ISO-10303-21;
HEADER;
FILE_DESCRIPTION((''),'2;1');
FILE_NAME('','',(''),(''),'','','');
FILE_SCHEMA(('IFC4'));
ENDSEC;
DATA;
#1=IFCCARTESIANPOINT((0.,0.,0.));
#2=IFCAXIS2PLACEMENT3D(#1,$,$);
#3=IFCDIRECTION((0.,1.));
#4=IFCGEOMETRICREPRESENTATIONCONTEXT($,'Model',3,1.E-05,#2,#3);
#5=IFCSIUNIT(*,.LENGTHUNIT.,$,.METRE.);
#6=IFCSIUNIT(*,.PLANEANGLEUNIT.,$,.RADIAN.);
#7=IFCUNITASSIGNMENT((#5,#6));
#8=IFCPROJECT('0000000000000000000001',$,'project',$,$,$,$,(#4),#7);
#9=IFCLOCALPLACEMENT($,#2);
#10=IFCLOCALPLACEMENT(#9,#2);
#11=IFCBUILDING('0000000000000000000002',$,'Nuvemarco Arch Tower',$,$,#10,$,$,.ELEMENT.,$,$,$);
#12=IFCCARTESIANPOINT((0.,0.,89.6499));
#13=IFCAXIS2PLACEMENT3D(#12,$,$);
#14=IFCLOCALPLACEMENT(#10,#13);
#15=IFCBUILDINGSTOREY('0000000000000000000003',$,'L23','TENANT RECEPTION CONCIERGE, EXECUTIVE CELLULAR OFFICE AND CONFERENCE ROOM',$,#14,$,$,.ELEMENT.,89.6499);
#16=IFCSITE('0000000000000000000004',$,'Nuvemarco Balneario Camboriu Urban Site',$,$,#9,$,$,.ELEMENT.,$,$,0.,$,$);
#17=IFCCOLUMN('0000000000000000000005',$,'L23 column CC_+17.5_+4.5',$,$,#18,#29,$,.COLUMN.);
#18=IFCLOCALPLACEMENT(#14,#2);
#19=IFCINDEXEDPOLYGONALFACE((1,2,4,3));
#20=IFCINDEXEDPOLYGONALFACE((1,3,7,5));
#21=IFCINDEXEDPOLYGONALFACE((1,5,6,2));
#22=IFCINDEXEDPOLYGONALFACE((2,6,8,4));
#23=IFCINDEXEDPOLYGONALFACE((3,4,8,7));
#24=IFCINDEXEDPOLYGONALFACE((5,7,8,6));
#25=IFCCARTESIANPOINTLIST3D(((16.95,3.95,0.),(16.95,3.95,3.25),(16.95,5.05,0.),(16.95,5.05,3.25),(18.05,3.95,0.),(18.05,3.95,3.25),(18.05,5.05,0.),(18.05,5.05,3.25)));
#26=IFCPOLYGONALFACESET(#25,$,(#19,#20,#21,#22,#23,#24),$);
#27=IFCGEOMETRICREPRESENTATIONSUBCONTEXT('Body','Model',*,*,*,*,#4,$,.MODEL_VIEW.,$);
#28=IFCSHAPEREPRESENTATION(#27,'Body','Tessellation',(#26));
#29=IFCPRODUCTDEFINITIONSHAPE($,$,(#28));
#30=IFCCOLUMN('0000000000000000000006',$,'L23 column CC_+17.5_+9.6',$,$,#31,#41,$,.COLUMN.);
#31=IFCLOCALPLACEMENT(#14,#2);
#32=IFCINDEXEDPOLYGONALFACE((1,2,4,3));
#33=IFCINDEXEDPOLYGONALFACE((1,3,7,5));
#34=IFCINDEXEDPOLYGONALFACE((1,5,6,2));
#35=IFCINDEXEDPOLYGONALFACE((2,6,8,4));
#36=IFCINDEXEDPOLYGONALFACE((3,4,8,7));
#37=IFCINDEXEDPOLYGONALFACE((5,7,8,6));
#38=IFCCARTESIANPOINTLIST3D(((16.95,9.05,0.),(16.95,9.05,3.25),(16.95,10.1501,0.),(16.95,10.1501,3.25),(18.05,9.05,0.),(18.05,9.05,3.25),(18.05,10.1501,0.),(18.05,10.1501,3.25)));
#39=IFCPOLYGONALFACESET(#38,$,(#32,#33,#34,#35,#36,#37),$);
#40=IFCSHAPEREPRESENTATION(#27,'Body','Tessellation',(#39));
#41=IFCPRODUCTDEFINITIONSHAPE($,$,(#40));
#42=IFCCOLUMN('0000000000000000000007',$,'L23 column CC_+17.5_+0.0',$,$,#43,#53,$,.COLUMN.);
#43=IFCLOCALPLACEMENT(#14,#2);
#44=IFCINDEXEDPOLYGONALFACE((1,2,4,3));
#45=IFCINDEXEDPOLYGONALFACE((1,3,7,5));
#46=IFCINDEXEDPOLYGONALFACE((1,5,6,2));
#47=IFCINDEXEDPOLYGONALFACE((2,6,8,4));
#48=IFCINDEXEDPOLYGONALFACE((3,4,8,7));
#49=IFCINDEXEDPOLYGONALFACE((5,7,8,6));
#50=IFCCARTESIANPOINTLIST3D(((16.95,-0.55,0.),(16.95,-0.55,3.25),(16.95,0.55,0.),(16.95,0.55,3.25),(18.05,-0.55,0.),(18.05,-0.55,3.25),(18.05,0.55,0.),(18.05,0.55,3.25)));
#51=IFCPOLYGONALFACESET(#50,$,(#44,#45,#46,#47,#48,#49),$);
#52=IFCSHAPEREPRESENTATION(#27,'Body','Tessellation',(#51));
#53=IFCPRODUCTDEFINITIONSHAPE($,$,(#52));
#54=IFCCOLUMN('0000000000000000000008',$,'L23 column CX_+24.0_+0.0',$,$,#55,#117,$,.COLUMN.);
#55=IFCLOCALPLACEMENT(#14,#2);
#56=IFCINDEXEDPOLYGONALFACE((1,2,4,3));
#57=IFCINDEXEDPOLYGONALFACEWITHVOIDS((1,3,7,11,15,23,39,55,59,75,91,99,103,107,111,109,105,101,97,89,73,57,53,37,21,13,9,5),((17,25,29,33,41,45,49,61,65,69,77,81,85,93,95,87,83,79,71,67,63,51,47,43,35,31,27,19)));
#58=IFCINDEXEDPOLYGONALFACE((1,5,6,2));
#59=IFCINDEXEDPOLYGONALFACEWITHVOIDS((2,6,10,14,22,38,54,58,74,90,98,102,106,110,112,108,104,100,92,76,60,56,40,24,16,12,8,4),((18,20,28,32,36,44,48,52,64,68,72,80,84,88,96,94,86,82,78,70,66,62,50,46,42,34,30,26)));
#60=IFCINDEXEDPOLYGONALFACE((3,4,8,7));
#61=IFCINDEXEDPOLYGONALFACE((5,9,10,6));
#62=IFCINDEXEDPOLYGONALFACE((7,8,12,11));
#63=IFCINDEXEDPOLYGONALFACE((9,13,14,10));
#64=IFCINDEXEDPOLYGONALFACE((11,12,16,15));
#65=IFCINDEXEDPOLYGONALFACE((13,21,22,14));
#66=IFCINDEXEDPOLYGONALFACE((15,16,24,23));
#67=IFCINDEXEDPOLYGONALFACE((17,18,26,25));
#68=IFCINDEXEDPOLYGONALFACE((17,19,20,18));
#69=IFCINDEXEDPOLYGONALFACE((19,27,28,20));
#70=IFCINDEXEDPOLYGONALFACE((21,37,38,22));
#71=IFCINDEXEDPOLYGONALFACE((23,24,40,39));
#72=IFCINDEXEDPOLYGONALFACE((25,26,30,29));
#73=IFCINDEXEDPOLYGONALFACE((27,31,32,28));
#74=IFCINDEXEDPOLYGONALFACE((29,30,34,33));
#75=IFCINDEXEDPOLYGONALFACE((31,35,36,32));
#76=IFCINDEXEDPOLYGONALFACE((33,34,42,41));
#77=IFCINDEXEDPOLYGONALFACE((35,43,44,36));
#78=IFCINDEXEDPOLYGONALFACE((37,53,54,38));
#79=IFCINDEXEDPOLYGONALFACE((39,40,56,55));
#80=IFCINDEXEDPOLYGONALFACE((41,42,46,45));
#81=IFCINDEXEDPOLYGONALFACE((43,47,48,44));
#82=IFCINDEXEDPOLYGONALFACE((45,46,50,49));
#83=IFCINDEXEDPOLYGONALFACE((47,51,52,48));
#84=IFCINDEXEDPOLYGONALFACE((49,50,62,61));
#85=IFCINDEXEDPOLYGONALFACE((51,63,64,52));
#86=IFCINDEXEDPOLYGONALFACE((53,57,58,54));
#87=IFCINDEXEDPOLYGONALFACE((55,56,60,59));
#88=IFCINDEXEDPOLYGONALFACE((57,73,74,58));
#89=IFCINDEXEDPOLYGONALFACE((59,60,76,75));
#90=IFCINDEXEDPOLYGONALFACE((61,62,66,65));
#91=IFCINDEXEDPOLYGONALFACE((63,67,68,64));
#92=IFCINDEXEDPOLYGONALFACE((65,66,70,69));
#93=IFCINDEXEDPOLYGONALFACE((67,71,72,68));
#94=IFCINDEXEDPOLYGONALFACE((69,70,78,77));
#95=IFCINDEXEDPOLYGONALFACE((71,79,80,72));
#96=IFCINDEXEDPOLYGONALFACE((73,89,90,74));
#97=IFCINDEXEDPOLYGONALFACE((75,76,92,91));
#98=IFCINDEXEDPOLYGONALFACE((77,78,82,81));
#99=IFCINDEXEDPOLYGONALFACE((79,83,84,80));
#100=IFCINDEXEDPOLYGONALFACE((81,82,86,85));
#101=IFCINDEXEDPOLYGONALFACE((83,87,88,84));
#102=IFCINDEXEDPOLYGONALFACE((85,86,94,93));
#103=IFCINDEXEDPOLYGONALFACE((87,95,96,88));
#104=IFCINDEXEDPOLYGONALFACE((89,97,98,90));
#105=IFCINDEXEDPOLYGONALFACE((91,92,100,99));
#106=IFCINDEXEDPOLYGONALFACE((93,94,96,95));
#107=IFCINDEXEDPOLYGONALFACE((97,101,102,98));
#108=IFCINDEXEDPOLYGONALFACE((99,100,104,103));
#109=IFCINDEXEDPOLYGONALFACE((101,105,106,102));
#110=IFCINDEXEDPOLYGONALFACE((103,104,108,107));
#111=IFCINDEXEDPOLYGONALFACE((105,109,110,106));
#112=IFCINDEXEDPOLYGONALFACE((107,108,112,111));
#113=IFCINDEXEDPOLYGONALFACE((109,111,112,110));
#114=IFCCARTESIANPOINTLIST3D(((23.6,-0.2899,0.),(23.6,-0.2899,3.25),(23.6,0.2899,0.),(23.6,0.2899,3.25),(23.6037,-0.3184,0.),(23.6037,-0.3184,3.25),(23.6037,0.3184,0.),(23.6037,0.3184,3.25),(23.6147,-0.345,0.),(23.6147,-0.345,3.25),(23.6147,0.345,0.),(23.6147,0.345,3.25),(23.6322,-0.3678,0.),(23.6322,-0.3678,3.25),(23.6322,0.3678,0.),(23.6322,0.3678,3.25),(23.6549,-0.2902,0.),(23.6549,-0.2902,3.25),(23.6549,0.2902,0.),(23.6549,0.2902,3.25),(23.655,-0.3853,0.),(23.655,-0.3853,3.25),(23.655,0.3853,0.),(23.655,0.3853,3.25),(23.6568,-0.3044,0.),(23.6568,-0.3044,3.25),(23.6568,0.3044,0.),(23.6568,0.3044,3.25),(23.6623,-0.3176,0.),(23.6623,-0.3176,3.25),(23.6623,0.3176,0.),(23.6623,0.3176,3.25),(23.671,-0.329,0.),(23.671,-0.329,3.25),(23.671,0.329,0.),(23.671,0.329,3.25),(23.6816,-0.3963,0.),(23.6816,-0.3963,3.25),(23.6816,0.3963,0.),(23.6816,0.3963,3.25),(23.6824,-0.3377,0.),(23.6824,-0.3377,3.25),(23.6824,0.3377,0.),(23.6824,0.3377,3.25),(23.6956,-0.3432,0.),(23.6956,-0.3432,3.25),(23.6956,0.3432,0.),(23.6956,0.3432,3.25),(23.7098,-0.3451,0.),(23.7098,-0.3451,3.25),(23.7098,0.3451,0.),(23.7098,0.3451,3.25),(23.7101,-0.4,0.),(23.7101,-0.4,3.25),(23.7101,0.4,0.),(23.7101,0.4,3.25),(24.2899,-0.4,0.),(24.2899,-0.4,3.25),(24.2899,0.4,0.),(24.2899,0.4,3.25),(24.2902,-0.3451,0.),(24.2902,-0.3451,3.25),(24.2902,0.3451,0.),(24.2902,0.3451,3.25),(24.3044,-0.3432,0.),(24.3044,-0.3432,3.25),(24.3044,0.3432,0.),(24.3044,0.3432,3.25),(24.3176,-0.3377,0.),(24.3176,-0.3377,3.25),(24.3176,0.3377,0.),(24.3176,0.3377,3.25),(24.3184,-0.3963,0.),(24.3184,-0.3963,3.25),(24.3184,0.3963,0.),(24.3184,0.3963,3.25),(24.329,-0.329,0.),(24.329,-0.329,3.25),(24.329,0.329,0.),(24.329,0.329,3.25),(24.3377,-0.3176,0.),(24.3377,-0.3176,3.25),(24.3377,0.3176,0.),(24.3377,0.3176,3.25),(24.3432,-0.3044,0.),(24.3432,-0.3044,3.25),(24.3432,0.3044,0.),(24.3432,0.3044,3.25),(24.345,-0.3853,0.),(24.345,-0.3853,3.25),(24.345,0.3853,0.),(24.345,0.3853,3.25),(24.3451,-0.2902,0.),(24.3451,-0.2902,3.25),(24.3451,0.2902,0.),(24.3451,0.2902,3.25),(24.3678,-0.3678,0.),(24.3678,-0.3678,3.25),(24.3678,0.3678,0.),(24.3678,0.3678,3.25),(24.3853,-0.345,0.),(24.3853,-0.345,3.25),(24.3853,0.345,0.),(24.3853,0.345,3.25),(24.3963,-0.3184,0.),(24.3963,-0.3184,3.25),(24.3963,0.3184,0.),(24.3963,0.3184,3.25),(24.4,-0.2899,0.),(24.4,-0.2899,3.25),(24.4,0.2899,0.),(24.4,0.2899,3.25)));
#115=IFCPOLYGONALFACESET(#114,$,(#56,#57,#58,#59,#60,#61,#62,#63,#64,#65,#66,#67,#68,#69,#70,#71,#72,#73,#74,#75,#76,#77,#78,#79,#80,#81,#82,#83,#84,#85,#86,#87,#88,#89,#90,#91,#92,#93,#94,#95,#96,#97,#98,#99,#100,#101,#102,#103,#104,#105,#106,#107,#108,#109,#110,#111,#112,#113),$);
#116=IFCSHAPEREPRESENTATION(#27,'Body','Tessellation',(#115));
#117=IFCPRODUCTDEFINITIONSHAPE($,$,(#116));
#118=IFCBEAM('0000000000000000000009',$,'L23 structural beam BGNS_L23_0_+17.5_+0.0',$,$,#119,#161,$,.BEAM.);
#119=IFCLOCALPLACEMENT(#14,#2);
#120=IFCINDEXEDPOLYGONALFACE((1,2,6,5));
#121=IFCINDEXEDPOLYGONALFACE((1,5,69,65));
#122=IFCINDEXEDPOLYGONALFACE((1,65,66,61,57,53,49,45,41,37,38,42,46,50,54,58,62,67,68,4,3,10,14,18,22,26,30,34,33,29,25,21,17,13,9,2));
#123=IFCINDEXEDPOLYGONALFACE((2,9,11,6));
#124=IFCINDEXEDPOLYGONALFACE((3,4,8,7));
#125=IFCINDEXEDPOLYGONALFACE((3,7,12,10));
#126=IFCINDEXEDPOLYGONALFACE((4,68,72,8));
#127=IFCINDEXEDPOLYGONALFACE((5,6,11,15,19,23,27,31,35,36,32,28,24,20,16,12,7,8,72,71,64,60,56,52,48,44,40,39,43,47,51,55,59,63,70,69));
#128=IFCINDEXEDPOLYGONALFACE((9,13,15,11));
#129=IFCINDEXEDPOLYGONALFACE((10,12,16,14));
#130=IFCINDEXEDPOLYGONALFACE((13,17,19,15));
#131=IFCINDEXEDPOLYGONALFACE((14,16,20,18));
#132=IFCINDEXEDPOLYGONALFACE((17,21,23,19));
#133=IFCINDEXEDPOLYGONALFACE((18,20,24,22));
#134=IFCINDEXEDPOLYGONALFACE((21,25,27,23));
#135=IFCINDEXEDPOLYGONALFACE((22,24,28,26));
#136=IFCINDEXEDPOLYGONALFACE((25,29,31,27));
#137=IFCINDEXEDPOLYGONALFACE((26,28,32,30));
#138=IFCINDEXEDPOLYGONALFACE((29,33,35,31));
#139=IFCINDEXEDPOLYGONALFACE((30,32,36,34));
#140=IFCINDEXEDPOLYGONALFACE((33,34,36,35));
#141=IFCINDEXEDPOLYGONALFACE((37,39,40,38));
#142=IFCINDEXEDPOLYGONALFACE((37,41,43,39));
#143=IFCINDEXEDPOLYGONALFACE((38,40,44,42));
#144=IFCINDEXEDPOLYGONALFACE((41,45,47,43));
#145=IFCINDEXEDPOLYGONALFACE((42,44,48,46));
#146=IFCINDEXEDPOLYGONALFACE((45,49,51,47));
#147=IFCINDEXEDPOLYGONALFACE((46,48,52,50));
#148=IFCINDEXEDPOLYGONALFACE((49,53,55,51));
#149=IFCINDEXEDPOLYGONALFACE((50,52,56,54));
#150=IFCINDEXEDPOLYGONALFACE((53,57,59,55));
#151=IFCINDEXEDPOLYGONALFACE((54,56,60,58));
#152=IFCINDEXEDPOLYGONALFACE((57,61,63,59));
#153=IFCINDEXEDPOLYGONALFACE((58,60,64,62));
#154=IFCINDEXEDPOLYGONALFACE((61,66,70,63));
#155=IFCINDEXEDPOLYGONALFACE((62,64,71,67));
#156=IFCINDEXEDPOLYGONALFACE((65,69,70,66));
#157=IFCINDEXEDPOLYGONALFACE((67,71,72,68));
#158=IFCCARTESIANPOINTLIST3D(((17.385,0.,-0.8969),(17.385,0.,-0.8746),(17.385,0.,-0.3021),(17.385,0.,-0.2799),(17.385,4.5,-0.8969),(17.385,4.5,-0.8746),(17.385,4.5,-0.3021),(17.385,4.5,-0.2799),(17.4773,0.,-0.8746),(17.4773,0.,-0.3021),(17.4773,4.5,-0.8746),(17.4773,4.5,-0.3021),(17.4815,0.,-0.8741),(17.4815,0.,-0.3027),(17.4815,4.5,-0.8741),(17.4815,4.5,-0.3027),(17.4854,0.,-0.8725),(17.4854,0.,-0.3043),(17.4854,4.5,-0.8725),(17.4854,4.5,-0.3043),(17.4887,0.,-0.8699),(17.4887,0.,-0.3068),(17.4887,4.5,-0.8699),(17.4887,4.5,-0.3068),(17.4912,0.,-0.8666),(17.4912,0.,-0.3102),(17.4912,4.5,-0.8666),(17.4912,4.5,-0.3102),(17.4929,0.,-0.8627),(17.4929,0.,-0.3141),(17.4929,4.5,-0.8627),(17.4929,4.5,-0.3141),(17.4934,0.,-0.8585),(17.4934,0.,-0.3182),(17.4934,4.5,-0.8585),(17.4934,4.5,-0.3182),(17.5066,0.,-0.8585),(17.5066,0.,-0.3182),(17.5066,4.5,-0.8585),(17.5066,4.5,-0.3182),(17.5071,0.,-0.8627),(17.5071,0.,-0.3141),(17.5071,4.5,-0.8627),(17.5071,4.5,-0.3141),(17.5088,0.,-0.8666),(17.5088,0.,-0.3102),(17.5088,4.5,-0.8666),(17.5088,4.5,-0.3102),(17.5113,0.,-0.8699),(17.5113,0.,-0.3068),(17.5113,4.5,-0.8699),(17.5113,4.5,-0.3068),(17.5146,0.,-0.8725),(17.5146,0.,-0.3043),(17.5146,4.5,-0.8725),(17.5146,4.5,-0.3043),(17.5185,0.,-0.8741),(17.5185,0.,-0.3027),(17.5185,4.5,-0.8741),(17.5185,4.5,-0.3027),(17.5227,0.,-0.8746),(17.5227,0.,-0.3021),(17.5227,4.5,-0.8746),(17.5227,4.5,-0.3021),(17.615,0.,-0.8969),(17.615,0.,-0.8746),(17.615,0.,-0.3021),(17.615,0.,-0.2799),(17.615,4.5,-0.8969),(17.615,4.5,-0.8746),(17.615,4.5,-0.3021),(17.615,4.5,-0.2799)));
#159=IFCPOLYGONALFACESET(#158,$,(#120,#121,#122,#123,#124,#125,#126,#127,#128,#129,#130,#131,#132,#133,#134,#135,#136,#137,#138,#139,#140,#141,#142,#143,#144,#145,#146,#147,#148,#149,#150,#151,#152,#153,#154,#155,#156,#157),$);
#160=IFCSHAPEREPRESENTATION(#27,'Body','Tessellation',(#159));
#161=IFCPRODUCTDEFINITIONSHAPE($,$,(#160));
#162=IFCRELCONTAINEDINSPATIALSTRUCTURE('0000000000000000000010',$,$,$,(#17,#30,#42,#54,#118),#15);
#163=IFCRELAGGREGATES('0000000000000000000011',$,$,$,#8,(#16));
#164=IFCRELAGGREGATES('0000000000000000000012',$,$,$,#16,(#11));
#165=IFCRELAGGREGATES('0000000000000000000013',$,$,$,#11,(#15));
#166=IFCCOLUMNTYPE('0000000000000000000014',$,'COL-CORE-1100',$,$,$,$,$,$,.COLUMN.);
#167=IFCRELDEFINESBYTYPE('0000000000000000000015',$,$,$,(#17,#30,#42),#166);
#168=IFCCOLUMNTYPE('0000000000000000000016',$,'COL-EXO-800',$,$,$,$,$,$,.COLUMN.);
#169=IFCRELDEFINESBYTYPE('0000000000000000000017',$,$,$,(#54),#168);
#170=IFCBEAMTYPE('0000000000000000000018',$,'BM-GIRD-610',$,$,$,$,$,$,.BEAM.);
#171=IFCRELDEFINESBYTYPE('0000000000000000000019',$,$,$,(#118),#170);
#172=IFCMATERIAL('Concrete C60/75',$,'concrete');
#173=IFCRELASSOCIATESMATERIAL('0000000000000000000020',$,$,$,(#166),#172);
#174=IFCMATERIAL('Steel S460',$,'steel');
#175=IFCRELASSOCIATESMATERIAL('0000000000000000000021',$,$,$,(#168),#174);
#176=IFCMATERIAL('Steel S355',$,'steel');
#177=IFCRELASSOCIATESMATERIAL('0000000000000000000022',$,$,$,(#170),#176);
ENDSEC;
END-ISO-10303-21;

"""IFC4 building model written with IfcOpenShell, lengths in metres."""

from ifc_helpers import new_model, si_unit, direction, frame, origin, origin_2d, place, context, subcontext, project, spatial, rectangle, hollow_rectangle, i_section, extrude, material, material_profile, profile_set, type_object, element, save


model = new_model("IFC4")

# Units and contexts
model_context = context("Model", 3, precision=1e-05, world=origin(), true_north=direction((0.0, 1.0)))
body_context = subcontext(model_context, "Body", "Model", "MODEL_VIEW")
ifc_project = project(units=[si_unit("LENGTHUNIT", "METRE"), si_unit("PLANEANGLEUNIT", "RADIAN")], contexts=[model_context])

# Site, building, storey
site_placement = place(None, origin())
site = spatial("IfcSite", under=ifc_project, at=site_placement, Name="Nuvemarco Balneario Camboriu Urban Site", CompositionType="ELEMENT", RefElevation=0.0)
building_placement = place(site_placement, origin())
building = spatial("IfcBuilding", under=site, at=building_placement, Name="Nuvemarco Arch Tower", CompositionType="ELEMENT")
storey_placement = place(building_placement, frame((0.0, 0.0, 89.6499)))
storey = spatial("IfcBuildingStorey", under=building, at=storey_placement, Name="L23", Description="TENANT RECEPTION CONCIERGE, EXECUTIVE CELLULAR OFFICE AND CONFERENCE ROOM", CompositionType="ELEMENT", Elevation=89.6499)

# Columns
ifc_material_1 = material(Name="Concrete C60/75", Category="concrete")
ifc_material_profile_1 = material_profile(ifc_material_1, rectangle(XDim=1.1001, YDim=1.1001, at=origin_2d()), Name="RC-COL-1100x1100")
ifc_profile_set_1 = profile_set([ifc_material_profile_1], Name="Concrete C60/75")
column_type_1 = type_object("IfcColumnType", Name="COL-CORE-1100", PredefinedType="COLUMN", material=ifc_profile_set_1)
for number, where, z_axis, x_axis, name in (
    (1, (17.5, 4.5, 0.0), (0.0, 0.0, 1.0), (1.0, 0.0, 0.0), "L23 column CC_+17.5_+4.5"),
    (2, (17.5, 9.6001, 0.0), (0.0, 0.0, 1.0), (1.0, 0.0, 0.0), "L23 column CC_+17.5_+9.6"),
    (3, (17.5, 0.0, 0.0), (0.0, 0.0, 1.0), (1.0, 0.0, 0.0), "L23 column CC_+17.5_+0.0"),
):
    element("IfcColumn", number, at=place(storey_placement, frame(where, z_axis=z_axis, x_axis=x_axis)), inside=storey, type_object=column_type_1, Name=name, PredefinedType="COLUMN", context=body_context, shape_type="SweptSolid", body=[
        extrude(rectangle(XDim=1.1001, YDim=1.1001, at=origin_2d()), origin(), (0.0, 0.0, 1.0), 3.25),
    ])
ifc_material_2 = material(Name="Steel S460", Category="steel")
ifc_material_profile_2 = material_profile(ifc_material_2, hollow_rectangle(XDim=0.8, YDim=0.8, WallThickness=0.0549, InnerFilletRadius=0.0549, OuterFilletRadius=0.1101, at=origin_2d()), Name="SHS800x800x55")
ifc_profile_set_2 = profile_set([ifc_material_profile_2], Name="Steel S460")
column_type_2 = type_object("IfcColumnType", Name="COL-EXO-800", PredefinedType="COLUMN", material=ifc_profile_set_2)
column_placement = place(storey_placement, frame((24.0, 0.0, 0.0), z_axis=(0.0, 0.0, 1.0), x_axis=(1.0, 0.0, 0.0)))
element("IfcColumn", 4, at=column_placement, inside=storey, type_object=column_type_2, Name="L23 column CX_+24.0_+0.0", PredefinedType="COLUMN", context=body_context, shape_type="SweptSolid", body=[
    extrude(hollow_rectangle(XDim=0.8, YDim=0.8, WallThickness=0.0549, InnerFilletRadius=0.0549, OuterFilletRadius=0.1101, at=origin_2d()), origin(), (0.0, 0.0, 1.0), 3.25),
])

# Beam
ifc_material_3 = material(Name="Steel S355", Category="steel")
ifc_material_profile_3 = material_profile(ifc_material_3, i_section(OverallWidth=0.23, OverallDepth=0.6169, WebThickness=0.0132, FlangeThickness=0.0222, FilletRadius=0.0161, at=origin_2d()), Name="W610x140")
ifc_profile_set_3 = profile_set([ifc_material_profile_3], Name="Steel S355")
beam_type_1 = type_object("IfcBeamType", Name="BM-GIRD-610", PredefinedType="BEAM", material=ifc_profile_set_3)
beam_1_placement = place(storey_placement, frame((17.5, 0.0, -0.5884), z_axis=(0.0, 1.0, 0.0), x_axis=(-1.0, 0.0, 0.0)))
element("IfcBeam", 5, at=beam_1_placement, inside=storey, type_object=beam_type_1, Name="L23 structural beam BGNS_L23_0_+17.5_+0.0", PredefinedType="BEAM", context=body_context, shape_type="SweptSolid", body=[
    extrude(i_section(OverallWidth=0.23, OverallDepth=0.6169, WebThickness=0.0132, FlangeThickness=0.0222, FilletRadius=0.0161, at=origin_2d()), origin(), (0.0, 0.0, 1.0), 4.5),
])

save(model, "model.ifc")
